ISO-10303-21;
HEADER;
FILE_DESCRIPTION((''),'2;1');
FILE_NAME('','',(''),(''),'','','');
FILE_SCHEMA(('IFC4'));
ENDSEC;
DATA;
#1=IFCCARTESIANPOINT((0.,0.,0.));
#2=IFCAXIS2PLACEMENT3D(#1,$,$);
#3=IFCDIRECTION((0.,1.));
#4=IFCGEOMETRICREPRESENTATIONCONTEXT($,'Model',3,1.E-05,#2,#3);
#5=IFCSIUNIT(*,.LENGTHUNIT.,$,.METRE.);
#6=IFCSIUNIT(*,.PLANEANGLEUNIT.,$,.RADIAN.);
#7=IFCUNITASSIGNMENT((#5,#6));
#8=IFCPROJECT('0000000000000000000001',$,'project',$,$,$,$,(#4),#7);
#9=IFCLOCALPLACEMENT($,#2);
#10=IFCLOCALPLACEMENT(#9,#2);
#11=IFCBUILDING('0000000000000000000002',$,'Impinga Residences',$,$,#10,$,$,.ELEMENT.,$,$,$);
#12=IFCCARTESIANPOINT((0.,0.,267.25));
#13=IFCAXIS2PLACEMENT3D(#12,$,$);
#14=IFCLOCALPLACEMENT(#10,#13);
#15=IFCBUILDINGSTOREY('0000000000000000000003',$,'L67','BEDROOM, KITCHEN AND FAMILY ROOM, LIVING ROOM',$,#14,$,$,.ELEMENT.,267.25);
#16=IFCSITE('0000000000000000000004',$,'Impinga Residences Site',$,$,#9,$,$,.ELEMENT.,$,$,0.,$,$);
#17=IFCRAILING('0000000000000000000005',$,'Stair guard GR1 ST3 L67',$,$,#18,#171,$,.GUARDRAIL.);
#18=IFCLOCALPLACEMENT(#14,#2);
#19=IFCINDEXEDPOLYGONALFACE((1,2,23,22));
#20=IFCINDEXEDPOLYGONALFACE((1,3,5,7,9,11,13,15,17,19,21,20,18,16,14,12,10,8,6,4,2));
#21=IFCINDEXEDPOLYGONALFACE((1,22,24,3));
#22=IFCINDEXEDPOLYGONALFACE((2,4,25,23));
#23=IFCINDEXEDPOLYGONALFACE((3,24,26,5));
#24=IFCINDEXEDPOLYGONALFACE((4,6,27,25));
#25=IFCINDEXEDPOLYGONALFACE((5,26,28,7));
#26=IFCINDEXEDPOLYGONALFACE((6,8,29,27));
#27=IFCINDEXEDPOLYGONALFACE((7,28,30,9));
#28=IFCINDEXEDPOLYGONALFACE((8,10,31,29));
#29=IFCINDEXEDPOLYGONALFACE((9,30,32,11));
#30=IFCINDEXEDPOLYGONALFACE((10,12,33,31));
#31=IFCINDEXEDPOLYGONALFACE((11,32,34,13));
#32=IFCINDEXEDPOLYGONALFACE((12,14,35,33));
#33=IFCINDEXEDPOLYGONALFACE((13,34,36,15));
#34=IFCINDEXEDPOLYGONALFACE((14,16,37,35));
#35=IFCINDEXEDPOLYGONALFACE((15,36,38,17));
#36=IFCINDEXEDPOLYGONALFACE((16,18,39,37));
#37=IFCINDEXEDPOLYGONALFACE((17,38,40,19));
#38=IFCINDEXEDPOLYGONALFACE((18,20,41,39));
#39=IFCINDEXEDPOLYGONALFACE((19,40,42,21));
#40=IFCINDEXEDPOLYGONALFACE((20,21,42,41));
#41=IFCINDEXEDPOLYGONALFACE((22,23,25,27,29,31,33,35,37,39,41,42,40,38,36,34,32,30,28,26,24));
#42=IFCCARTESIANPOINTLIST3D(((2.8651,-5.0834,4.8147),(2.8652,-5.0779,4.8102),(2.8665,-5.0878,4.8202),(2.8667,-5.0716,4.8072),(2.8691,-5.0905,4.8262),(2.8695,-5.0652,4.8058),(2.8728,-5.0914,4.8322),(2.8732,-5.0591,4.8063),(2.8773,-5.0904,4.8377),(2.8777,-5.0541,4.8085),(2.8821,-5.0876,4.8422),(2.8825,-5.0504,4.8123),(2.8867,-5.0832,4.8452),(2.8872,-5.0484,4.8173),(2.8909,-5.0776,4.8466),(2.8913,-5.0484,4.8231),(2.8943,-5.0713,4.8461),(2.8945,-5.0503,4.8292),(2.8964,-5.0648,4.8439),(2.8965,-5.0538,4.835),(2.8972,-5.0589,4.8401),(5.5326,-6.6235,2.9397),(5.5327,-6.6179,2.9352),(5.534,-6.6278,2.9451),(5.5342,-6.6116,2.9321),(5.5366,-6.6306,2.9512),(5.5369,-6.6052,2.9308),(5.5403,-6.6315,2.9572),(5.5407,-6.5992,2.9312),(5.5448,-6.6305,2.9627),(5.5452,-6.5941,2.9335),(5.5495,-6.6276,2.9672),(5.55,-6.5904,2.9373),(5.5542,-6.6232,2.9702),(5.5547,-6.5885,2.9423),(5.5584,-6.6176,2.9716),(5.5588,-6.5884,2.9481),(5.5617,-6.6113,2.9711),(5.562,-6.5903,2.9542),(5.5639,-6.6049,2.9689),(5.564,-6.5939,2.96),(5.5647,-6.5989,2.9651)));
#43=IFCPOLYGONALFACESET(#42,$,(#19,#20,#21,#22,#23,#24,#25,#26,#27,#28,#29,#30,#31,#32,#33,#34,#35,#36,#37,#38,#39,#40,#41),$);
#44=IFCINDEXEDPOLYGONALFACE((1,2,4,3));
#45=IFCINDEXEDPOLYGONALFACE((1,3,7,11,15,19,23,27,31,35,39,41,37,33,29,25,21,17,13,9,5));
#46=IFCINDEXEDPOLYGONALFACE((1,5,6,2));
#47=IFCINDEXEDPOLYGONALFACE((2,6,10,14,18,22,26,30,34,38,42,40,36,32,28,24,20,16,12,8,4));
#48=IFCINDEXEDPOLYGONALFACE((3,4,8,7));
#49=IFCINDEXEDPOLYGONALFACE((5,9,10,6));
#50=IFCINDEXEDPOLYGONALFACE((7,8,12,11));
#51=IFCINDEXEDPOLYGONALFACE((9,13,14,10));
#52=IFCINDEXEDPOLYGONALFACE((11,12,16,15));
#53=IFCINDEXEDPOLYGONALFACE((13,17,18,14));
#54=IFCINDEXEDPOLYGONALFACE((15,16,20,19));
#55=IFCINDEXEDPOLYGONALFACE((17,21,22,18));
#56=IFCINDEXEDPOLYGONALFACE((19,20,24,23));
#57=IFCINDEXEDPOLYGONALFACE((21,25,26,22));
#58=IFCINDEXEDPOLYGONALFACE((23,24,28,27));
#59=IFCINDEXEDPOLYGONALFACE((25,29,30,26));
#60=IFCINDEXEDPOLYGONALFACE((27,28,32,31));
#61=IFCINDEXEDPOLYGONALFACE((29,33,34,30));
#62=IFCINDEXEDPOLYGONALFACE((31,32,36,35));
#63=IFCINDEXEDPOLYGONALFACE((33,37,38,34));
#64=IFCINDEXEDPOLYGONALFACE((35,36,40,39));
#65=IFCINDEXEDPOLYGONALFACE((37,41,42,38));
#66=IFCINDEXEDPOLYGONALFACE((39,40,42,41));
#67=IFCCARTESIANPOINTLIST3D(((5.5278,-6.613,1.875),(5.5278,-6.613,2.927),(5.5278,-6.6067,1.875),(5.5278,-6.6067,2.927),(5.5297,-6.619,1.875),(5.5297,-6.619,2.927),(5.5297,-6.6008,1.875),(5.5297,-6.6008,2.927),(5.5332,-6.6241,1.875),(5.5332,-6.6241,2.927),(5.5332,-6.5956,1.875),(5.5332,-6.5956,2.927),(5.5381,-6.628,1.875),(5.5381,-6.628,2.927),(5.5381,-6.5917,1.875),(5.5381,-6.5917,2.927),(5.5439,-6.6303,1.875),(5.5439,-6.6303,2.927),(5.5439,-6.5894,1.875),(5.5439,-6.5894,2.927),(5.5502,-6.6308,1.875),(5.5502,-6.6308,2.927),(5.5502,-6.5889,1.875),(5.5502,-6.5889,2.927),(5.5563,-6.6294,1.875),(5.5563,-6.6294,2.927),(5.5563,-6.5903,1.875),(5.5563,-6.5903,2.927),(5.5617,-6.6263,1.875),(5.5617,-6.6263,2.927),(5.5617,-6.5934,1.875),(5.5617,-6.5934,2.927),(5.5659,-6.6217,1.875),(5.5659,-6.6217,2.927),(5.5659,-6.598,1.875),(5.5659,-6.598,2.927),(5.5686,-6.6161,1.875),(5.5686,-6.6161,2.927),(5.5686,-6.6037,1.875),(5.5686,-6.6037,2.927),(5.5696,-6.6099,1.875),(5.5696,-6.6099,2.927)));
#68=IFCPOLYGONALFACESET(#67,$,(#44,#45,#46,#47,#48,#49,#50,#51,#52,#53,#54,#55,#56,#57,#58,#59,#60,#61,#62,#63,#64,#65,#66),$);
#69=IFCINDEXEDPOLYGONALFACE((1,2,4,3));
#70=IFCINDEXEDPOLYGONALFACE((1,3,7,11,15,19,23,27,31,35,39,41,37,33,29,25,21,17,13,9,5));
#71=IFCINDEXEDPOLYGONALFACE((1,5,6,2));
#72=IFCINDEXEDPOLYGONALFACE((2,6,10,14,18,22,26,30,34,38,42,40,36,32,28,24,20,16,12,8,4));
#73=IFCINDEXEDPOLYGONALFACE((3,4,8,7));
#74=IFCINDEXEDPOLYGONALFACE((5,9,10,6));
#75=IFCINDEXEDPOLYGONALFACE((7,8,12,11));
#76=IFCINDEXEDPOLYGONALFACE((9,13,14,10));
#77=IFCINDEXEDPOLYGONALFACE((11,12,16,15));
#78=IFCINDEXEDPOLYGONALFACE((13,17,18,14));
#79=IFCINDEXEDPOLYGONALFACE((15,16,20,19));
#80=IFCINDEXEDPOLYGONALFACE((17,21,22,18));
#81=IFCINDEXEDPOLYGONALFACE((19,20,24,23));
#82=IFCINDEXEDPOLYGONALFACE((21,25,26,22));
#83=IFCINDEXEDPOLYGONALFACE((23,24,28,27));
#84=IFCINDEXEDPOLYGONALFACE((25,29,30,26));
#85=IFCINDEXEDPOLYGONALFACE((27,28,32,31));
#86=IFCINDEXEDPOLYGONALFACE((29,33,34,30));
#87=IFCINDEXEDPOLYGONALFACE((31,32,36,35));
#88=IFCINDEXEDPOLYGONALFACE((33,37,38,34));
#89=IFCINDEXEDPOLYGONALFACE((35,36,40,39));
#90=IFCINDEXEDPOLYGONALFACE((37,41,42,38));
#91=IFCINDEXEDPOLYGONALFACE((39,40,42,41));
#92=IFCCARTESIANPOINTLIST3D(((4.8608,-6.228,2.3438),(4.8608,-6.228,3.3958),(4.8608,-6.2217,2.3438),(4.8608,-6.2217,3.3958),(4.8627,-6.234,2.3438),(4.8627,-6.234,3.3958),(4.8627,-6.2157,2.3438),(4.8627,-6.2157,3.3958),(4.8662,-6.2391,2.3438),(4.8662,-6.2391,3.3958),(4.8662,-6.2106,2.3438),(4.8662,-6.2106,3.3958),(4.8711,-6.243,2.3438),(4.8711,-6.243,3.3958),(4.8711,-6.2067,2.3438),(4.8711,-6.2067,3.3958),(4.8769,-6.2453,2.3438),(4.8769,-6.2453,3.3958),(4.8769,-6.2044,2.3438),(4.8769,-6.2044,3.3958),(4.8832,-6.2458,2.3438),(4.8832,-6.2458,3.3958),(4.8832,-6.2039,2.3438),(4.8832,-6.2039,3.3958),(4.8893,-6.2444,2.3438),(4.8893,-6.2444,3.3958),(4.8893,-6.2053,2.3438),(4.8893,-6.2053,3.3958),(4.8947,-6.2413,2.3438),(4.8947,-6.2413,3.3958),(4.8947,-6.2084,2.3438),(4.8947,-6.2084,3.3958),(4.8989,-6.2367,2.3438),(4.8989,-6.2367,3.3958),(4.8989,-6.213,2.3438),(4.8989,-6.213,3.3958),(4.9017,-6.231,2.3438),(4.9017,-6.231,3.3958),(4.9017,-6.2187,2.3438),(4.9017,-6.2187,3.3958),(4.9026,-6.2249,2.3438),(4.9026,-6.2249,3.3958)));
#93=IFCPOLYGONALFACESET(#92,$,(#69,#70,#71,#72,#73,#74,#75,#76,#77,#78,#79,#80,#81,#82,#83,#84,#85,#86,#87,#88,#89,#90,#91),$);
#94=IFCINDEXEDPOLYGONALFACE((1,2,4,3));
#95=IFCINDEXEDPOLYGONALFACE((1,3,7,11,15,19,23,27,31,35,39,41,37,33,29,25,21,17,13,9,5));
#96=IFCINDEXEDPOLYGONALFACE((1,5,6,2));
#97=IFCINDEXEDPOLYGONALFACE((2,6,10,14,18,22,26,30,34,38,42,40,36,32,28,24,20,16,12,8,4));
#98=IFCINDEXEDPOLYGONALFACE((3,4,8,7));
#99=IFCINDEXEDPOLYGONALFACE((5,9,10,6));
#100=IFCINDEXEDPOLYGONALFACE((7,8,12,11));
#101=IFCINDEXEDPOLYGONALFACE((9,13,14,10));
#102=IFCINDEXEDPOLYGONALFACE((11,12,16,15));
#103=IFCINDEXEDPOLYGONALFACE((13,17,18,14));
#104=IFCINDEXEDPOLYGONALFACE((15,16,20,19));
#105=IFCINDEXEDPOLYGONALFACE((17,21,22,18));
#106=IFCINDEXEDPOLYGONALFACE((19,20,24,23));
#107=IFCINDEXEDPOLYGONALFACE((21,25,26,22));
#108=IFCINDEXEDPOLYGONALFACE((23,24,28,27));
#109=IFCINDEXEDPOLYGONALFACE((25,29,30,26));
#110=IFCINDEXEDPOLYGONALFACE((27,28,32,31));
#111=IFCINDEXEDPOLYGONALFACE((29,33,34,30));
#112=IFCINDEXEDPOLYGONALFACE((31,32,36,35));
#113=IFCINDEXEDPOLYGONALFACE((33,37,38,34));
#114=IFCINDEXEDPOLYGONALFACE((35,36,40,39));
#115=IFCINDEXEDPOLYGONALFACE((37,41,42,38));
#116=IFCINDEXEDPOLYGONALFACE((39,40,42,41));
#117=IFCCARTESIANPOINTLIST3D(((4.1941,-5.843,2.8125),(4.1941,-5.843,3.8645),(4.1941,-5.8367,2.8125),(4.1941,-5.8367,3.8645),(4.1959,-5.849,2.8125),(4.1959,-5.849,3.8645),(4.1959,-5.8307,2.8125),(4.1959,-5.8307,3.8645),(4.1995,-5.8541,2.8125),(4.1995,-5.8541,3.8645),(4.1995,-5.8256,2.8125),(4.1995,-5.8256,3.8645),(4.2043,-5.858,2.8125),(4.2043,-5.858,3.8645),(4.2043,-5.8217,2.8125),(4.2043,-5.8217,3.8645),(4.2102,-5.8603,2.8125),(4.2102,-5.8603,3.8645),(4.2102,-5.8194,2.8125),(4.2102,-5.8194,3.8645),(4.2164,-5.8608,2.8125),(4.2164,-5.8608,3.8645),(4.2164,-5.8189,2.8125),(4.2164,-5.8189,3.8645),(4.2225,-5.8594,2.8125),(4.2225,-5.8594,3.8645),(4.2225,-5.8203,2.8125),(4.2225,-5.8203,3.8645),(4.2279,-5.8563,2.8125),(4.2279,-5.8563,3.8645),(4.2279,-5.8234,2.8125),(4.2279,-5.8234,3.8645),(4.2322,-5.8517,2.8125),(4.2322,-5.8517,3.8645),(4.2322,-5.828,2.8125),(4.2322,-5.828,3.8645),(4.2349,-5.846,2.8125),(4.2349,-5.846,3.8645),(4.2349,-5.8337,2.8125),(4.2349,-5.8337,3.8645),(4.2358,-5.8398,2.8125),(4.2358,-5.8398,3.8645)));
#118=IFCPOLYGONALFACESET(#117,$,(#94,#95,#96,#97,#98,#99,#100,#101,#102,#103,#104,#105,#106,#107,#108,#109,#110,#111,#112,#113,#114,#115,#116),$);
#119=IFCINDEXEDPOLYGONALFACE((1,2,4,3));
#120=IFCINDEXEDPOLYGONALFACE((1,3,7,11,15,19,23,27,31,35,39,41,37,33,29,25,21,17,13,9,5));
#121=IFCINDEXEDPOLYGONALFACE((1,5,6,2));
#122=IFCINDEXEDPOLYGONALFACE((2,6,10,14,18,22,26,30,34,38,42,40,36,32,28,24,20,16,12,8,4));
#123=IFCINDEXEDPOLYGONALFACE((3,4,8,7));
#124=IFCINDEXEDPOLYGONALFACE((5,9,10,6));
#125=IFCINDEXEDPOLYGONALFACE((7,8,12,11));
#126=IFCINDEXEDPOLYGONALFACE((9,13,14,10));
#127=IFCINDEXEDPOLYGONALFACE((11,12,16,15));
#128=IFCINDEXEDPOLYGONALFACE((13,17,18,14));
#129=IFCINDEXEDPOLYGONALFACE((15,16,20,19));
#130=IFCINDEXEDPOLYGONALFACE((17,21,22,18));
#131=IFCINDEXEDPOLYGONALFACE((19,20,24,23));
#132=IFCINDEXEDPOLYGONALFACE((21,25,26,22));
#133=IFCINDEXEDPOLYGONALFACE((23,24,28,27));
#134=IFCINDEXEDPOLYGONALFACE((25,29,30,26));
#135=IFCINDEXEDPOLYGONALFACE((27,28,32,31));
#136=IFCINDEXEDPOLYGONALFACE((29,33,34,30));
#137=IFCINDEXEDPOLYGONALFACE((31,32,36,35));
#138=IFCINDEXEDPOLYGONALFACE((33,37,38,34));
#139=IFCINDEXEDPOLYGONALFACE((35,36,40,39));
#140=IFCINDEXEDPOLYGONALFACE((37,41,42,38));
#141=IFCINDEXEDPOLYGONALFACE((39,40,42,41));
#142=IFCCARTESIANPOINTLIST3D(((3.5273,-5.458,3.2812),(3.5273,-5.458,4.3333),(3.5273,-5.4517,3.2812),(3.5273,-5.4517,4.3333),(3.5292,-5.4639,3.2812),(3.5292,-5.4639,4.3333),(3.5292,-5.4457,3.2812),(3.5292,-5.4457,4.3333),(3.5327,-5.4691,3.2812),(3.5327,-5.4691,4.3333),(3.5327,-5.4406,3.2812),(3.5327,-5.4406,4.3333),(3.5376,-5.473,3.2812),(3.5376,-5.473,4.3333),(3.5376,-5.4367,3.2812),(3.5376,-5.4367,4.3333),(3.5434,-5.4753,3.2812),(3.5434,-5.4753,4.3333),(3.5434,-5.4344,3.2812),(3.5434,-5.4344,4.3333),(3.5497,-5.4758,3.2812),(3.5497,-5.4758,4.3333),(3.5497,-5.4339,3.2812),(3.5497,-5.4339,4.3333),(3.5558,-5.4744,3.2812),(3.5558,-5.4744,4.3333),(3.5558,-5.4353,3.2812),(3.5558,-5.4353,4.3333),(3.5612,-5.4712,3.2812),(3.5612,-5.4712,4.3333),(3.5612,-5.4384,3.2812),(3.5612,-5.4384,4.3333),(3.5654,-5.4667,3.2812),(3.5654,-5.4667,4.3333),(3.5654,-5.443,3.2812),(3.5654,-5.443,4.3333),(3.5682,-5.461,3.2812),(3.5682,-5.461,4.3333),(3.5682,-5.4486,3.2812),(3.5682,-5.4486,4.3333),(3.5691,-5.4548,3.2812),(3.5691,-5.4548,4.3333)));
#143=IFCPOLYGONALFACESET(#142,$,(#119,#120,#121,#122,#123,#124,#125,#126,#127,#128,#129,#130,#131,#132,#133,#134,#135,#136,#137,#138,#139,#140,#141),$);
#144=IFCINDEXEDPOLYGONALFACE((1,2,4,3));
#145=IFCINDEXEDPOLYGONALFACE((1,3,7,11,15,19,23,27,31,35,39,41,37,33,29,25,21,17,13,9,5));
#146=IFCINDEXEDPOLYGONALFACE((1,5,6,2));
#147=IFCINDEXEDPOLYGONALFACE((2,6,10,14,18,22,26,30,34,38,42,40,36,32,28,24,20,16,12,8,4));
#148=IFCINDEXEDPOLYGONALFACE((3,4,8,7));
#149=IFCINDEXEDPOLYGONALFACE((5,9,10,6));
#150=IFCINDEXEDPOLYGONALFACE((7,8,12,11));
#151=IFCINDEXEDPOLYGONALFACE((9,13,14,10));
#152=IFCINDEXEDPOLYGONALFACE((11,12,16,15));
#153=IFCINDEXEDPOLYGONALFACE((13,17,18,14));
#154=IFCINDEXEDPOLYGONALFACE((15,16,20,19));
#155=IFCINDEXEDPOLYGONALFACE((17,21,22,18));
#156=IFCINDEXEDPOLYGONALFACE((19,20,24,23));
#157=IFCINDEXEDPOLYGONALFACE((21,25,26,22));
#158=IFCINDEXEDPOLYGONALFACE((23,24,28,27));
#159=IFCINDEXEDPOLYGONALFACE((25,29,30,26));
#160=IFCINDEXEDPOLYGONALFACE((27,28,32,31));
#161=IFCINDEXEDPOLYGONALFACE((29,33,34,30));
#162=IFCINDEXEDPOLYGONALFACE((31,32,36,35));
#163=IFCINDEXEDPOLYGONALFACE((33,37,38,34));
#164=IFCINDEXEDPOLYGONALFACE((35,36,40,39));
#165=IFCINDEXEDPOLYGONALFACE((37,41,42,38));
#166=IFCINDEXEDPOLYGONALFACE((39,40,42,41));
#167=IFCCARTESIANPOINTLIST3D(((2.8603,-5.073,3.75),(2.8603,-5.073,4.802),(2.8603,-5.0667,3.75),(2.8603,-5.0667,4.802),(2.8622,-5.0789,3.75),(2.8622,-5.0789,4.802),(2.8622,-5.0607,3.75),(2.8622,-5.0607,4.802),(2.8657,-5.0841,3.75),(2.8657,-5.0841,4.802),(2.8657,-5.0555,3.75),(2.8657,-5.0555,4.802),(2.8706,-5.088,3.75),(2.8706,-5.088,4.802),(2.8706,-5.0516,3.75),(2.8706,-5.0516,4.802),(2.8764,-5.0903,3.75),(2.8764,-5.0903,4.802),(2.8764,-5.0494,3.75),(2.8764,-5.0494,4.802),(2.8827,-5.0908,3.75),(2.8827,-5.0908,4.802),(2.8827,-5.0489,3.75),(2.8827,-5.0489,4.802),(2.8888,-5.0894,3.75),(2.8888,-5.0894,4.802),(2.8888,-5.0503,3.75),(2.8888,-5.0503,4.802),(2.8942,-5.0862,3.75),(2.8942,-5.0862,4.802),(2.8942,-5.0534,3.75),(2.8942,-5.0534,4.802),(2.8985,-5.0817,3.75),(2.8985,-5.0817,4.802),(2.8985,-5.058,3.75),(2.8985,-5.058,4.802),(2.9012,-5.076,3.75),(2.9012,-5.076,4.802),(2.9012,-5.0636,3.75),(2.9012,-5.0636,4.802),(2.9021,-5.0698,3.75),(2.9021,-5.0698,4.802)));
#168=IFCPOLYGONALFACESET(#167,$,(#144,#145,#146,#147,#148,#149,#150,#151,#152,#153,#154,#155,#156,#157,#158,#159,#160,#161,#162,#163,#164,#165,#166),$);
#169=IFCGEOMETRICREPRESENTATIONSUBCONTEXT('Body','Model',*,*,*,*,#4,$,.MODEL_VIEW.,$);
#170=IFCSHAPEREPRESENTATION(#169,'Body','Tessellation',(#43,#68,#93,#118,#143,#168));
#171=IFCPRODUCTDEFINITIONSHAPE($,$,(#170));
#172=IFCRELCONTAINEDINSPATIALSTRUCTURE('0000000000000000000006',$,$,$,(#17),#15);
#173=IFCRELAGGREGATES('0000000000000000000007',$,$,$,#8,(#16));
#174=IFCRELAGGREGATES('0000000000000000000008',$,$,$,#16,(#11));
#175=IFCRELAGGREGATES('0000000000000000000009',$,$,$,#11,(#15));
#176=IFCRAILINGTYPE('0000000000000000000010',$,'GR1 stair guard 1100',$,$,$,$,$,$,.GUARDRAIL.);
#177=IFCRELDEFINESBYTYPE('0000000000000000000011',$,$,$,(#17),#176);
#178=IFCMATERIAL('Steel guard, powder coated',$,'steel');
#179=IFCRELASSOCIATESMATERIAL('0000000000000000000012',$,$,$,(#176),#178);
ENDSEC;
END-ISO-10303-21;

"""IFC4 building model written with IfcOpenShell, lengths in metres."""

from ifc_helpers import new_model, si_unit, direction, frame, origin, origin_2d, place, context, subcontext, project, spatial, circle, extrude, material, type_object, element, save


model = new_model("IFC4")

# Units and contexts
model_context = context("Model", 3, precision=1e-05, world=origin(), true_north=direction((0.0, 1.0)))
body_context = subcontext(model_context, "Body", "Model", "MODEL_VIEW")
ifc_project = project(units=[si_unit("LENGTHUNIT", "METRE"), si_unit("PLANEANGLEUNIT", "RADIAN")], contexts=[model_context])

# Site, building, storey
site_placement = place(None, origin())
site = spatial("IfcSite", under=ifc_project, at=site_placement, Name="Impinga Residences Site", CompositionType="ELEMENT", RefElevation=0.0)
building_placement = place(site_placement, origin())
building = spatial("IfcBuilding", under=site, at=building_placement, Name="Impinga Residences", CompositionType="ELEMENT")
storey_placement = place(building_placement, frame((0.0, 0.0, 267.25)))
storey = spatial("IfcBuildingStorey", under=building, at=storey_placement, Name="L67", Description="BEDROOM, KITCHEN AND FAMILY ROOM, LIVING ROOM", CompositionType="ELEMENT", Elevation=267.25)

# Railing
ifc_material_1 = material(Name="Steel guard, powder coated", Category="steel")
railing_type_1 = type_object("IfcRailingType", Name="GR1 stair guard 1100", PredefinedType="GUARDRAIL", material=ifc_material_1)
railing_1_placement = place(storey_placement, frame((5.5486, -6.6099, 1.875)))
element("IfcRailing", 1, at=railing_1_placement, inside=storey, type_object=railing_type_1, Name="Stair guard GR1 ST3 L67", PredefinedType="GUARDRAIL", context=body_context, shape_type="SweptSolid", body=[
    extrude(circle(Radius=0.0239, at=origin_2d()), frame((0.0, 0.0, 1.0762), z_axis=(-0.739746, 0.427084, 0.519975), x_axis=(-0.499992, -0.86603, 0.0)), (0.0, 0.0, 1.0), 3.606),
    extrude(circle(Radius=0.021, at=origin_2d()), origin(), (0.0, 0.0, 1.0), 1.052),
    extrude(circle(Radius=0.021, at=origin_2d()), frame((-0.667, 0.385, 0.4688)), (0.0, 0.0, 1.0), 1.052),
    extrude(circle(Radius=0.021, at=origin_2d()), frame((-1.3337, 0.77, 0.9375)), (0.0, 0.0, 1.0), 1.052),
    extrude(circle(Radius=0.021, at=origin_2d()), frame((-2.0005, 1.155, 1.4062)), (0.0, 0.0, 1.0), 1.052),
    extrude(circle(Radius=0.021, at=origin_2d()), frame((-2.6675, 1.54, 1.875)), (0.0, 0.0, 1.0), 1.052),
])

save(model, "model.ifc")
